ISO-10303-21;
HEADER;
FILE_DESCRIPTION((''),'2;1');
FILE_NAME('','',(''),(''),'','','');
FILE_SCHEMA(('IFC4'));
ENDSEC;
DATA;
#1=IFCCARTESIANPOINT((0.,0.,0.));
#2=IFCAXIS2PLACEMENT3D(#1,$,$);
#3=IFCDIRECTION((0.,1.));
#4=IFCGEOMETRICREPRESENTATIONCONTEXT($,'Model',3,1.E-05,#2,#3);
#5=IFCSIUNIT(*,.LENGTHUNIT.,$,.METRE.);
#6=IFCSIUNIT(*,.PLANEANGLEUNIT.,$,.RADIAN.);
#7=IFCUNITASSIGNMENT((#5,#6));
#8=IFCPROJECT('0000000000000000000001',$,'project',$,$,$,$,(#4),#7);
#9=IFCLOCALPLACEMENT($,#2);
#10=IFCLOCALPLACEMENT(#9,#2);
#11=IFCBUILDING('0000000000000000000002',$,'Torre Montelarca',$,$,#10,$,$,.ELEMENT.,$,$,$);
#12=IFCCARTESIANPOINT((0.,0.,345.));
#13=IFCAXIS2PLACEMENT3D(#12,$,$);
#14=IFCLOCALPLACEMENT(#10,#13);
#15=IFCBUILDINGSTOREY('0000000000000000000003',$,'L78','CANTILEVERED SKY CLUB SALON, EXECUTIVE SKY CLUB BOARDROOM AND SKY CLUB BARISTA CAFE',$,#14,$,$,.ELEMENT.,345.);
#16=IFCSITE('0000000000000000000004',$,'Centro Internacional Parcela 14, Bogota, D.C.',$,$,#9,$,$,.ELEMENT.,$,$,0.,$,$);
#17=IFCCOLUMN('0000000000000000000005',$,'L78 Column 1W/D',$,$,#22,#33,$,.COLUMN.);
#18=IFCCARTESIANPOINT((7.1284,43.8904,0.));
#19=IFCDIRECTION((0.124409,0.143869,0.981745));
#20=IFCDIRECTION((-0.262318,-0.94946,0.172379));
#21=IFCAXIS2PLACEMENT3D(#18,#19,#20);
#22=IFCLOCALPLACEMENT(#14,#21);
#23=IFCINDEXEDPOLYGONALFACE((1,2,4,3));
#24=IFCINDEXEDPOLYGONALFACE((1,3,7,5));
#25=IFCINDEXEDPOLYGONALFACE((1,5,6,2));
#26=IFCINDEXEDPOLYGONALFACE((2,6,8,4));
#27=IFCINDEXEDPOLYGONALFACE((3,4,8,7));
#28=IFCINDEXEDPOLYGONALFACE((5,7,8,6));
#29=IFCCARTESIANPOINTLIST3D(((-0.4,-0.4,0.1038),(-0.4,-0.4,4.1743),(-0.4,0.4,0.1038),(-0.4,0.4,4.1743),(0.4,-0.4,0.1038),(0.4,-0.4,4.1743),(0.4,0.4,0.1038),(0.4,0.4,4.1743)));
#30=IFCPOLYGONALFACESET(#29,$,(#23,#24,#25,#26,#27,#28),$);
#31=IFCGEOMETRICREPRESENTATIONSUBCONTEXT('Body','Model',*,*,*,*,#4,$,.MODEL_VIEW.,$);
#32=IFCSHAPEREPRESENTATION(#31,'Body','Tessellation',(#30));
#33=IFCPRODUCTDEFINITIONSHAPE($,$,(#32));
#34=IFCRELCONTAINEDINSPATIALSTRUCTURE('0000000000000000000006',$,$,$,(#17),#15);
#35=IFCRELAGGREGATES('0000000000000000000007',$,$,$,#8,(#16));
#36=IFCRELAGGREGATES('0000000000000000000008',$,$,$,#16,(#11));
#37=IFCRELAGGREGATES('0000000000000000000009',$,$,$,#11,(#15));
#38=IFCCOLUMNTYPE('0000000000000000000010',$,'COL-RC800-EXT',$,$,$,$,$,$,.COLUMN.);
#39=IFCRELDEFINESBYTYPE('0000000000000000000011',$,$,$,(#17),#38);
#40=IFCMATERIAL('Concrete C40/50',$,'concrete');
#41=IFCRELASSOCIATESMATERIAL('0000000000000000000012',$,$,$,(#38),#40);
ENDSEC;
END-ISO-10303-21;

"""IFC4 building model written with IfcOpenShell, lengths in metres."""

from ifc_helpers import new_model, si_unit, direction, frame, origin, origin_2d, place, context, subcontext, project, spatial, rectangle, extrude, clip, halfspace, material, material_profile, profile_set, type_object, element, save


model = new_model("IFC4")

# Units and contexts
model_context = context("Model", 3, precision=1e-05, world=origin(), true_north=direction((0.0, 1.0)))
body_context = subcontext(model_context, "Body", "Model", "MODEL_VIEW")
ifc_project = project(units=[si_unit("LENGTHUNIT", "METRE"), si_unit("PLANEANGLEUNIT", "RADIAN")], contexts=[model_context])

# Site, building, storey
site_placement = place(None, origin())
site = spatial("IfcSite", under=ifc_project, at=site_placement, Name="Centro Internacional Parcela 14, Bogota, D.C.", CompositionType="ELEMENT", RefElevation=0.0)
building_placement = place(site_placement, origin())
building = spatial("IfcBuilding", under=site, at=building_placement, Name="Torre Montelarca", CompositionType="ELEMENT")
storey_placement = place(building_placement, frame((0.0, 0.0, 345.0)))
storey = spatial("IfcBuildingStorey", under=building, at=storey_placement, Name="L78", Description="CANTILEVERED SKY CLUB SALON, EXECUTIVE SKY CLUB BOARDROOM AND SKY CLUB BARISTA CAFE", CompositionType="ELEMENT", Elevation=345.0)

# Column
ifc_material_1 = material(Name="Concrete C40/50", Category="concrete")
ifc_material_profile_1 = material_profile(ifc_material_1, rectangle(XDim=0.8, YDim=0.8, at=origin_2d()), Name="RC800X800", Category="concrete")
ifc_profile_set_1 = profile_set([ifc_material_profile_1], Name="Concrete C40/50")
column_type = type_object("IfcColumnType", Name="COL-RC800-EXT", PredefinedType="COLUMN", material=ifc_profile_set_1)
column_placement = place(storey_placement, frame((7.1284, 43.8904, 0.0), z_axis=(0.124409, 0.143869, 0.981745), x_axis=(-0.262318, -0.94946, 0.172379)))
element("IfcColumn", 1, at=column_placement, inside=storey, type_object=column_type, Name="L78 Column 1W/D", PredefinedType="COLUMN", context=body_context, shape_type="Clipping", body=[
    clip(clip(extrude(rectangle(XDim=0.8, YDim=0.8, at=origin_2d()), origin(), (0.0, 0.0, 1.0), 4.2781), halfspace(frame((0.0, 0.0, 0.1038), z_axis=(0.0, 0.0, -1.0), x_axis=(1.0, 0.0, 0.0)), False)), halfspace(frame((0.0, 0.0, 4.1743), z_axis=(0.0, 0.0, 1.0), x_axis=(1.0, 0.0, 0.0)), False)),
])

save(model, "model.ifc")
